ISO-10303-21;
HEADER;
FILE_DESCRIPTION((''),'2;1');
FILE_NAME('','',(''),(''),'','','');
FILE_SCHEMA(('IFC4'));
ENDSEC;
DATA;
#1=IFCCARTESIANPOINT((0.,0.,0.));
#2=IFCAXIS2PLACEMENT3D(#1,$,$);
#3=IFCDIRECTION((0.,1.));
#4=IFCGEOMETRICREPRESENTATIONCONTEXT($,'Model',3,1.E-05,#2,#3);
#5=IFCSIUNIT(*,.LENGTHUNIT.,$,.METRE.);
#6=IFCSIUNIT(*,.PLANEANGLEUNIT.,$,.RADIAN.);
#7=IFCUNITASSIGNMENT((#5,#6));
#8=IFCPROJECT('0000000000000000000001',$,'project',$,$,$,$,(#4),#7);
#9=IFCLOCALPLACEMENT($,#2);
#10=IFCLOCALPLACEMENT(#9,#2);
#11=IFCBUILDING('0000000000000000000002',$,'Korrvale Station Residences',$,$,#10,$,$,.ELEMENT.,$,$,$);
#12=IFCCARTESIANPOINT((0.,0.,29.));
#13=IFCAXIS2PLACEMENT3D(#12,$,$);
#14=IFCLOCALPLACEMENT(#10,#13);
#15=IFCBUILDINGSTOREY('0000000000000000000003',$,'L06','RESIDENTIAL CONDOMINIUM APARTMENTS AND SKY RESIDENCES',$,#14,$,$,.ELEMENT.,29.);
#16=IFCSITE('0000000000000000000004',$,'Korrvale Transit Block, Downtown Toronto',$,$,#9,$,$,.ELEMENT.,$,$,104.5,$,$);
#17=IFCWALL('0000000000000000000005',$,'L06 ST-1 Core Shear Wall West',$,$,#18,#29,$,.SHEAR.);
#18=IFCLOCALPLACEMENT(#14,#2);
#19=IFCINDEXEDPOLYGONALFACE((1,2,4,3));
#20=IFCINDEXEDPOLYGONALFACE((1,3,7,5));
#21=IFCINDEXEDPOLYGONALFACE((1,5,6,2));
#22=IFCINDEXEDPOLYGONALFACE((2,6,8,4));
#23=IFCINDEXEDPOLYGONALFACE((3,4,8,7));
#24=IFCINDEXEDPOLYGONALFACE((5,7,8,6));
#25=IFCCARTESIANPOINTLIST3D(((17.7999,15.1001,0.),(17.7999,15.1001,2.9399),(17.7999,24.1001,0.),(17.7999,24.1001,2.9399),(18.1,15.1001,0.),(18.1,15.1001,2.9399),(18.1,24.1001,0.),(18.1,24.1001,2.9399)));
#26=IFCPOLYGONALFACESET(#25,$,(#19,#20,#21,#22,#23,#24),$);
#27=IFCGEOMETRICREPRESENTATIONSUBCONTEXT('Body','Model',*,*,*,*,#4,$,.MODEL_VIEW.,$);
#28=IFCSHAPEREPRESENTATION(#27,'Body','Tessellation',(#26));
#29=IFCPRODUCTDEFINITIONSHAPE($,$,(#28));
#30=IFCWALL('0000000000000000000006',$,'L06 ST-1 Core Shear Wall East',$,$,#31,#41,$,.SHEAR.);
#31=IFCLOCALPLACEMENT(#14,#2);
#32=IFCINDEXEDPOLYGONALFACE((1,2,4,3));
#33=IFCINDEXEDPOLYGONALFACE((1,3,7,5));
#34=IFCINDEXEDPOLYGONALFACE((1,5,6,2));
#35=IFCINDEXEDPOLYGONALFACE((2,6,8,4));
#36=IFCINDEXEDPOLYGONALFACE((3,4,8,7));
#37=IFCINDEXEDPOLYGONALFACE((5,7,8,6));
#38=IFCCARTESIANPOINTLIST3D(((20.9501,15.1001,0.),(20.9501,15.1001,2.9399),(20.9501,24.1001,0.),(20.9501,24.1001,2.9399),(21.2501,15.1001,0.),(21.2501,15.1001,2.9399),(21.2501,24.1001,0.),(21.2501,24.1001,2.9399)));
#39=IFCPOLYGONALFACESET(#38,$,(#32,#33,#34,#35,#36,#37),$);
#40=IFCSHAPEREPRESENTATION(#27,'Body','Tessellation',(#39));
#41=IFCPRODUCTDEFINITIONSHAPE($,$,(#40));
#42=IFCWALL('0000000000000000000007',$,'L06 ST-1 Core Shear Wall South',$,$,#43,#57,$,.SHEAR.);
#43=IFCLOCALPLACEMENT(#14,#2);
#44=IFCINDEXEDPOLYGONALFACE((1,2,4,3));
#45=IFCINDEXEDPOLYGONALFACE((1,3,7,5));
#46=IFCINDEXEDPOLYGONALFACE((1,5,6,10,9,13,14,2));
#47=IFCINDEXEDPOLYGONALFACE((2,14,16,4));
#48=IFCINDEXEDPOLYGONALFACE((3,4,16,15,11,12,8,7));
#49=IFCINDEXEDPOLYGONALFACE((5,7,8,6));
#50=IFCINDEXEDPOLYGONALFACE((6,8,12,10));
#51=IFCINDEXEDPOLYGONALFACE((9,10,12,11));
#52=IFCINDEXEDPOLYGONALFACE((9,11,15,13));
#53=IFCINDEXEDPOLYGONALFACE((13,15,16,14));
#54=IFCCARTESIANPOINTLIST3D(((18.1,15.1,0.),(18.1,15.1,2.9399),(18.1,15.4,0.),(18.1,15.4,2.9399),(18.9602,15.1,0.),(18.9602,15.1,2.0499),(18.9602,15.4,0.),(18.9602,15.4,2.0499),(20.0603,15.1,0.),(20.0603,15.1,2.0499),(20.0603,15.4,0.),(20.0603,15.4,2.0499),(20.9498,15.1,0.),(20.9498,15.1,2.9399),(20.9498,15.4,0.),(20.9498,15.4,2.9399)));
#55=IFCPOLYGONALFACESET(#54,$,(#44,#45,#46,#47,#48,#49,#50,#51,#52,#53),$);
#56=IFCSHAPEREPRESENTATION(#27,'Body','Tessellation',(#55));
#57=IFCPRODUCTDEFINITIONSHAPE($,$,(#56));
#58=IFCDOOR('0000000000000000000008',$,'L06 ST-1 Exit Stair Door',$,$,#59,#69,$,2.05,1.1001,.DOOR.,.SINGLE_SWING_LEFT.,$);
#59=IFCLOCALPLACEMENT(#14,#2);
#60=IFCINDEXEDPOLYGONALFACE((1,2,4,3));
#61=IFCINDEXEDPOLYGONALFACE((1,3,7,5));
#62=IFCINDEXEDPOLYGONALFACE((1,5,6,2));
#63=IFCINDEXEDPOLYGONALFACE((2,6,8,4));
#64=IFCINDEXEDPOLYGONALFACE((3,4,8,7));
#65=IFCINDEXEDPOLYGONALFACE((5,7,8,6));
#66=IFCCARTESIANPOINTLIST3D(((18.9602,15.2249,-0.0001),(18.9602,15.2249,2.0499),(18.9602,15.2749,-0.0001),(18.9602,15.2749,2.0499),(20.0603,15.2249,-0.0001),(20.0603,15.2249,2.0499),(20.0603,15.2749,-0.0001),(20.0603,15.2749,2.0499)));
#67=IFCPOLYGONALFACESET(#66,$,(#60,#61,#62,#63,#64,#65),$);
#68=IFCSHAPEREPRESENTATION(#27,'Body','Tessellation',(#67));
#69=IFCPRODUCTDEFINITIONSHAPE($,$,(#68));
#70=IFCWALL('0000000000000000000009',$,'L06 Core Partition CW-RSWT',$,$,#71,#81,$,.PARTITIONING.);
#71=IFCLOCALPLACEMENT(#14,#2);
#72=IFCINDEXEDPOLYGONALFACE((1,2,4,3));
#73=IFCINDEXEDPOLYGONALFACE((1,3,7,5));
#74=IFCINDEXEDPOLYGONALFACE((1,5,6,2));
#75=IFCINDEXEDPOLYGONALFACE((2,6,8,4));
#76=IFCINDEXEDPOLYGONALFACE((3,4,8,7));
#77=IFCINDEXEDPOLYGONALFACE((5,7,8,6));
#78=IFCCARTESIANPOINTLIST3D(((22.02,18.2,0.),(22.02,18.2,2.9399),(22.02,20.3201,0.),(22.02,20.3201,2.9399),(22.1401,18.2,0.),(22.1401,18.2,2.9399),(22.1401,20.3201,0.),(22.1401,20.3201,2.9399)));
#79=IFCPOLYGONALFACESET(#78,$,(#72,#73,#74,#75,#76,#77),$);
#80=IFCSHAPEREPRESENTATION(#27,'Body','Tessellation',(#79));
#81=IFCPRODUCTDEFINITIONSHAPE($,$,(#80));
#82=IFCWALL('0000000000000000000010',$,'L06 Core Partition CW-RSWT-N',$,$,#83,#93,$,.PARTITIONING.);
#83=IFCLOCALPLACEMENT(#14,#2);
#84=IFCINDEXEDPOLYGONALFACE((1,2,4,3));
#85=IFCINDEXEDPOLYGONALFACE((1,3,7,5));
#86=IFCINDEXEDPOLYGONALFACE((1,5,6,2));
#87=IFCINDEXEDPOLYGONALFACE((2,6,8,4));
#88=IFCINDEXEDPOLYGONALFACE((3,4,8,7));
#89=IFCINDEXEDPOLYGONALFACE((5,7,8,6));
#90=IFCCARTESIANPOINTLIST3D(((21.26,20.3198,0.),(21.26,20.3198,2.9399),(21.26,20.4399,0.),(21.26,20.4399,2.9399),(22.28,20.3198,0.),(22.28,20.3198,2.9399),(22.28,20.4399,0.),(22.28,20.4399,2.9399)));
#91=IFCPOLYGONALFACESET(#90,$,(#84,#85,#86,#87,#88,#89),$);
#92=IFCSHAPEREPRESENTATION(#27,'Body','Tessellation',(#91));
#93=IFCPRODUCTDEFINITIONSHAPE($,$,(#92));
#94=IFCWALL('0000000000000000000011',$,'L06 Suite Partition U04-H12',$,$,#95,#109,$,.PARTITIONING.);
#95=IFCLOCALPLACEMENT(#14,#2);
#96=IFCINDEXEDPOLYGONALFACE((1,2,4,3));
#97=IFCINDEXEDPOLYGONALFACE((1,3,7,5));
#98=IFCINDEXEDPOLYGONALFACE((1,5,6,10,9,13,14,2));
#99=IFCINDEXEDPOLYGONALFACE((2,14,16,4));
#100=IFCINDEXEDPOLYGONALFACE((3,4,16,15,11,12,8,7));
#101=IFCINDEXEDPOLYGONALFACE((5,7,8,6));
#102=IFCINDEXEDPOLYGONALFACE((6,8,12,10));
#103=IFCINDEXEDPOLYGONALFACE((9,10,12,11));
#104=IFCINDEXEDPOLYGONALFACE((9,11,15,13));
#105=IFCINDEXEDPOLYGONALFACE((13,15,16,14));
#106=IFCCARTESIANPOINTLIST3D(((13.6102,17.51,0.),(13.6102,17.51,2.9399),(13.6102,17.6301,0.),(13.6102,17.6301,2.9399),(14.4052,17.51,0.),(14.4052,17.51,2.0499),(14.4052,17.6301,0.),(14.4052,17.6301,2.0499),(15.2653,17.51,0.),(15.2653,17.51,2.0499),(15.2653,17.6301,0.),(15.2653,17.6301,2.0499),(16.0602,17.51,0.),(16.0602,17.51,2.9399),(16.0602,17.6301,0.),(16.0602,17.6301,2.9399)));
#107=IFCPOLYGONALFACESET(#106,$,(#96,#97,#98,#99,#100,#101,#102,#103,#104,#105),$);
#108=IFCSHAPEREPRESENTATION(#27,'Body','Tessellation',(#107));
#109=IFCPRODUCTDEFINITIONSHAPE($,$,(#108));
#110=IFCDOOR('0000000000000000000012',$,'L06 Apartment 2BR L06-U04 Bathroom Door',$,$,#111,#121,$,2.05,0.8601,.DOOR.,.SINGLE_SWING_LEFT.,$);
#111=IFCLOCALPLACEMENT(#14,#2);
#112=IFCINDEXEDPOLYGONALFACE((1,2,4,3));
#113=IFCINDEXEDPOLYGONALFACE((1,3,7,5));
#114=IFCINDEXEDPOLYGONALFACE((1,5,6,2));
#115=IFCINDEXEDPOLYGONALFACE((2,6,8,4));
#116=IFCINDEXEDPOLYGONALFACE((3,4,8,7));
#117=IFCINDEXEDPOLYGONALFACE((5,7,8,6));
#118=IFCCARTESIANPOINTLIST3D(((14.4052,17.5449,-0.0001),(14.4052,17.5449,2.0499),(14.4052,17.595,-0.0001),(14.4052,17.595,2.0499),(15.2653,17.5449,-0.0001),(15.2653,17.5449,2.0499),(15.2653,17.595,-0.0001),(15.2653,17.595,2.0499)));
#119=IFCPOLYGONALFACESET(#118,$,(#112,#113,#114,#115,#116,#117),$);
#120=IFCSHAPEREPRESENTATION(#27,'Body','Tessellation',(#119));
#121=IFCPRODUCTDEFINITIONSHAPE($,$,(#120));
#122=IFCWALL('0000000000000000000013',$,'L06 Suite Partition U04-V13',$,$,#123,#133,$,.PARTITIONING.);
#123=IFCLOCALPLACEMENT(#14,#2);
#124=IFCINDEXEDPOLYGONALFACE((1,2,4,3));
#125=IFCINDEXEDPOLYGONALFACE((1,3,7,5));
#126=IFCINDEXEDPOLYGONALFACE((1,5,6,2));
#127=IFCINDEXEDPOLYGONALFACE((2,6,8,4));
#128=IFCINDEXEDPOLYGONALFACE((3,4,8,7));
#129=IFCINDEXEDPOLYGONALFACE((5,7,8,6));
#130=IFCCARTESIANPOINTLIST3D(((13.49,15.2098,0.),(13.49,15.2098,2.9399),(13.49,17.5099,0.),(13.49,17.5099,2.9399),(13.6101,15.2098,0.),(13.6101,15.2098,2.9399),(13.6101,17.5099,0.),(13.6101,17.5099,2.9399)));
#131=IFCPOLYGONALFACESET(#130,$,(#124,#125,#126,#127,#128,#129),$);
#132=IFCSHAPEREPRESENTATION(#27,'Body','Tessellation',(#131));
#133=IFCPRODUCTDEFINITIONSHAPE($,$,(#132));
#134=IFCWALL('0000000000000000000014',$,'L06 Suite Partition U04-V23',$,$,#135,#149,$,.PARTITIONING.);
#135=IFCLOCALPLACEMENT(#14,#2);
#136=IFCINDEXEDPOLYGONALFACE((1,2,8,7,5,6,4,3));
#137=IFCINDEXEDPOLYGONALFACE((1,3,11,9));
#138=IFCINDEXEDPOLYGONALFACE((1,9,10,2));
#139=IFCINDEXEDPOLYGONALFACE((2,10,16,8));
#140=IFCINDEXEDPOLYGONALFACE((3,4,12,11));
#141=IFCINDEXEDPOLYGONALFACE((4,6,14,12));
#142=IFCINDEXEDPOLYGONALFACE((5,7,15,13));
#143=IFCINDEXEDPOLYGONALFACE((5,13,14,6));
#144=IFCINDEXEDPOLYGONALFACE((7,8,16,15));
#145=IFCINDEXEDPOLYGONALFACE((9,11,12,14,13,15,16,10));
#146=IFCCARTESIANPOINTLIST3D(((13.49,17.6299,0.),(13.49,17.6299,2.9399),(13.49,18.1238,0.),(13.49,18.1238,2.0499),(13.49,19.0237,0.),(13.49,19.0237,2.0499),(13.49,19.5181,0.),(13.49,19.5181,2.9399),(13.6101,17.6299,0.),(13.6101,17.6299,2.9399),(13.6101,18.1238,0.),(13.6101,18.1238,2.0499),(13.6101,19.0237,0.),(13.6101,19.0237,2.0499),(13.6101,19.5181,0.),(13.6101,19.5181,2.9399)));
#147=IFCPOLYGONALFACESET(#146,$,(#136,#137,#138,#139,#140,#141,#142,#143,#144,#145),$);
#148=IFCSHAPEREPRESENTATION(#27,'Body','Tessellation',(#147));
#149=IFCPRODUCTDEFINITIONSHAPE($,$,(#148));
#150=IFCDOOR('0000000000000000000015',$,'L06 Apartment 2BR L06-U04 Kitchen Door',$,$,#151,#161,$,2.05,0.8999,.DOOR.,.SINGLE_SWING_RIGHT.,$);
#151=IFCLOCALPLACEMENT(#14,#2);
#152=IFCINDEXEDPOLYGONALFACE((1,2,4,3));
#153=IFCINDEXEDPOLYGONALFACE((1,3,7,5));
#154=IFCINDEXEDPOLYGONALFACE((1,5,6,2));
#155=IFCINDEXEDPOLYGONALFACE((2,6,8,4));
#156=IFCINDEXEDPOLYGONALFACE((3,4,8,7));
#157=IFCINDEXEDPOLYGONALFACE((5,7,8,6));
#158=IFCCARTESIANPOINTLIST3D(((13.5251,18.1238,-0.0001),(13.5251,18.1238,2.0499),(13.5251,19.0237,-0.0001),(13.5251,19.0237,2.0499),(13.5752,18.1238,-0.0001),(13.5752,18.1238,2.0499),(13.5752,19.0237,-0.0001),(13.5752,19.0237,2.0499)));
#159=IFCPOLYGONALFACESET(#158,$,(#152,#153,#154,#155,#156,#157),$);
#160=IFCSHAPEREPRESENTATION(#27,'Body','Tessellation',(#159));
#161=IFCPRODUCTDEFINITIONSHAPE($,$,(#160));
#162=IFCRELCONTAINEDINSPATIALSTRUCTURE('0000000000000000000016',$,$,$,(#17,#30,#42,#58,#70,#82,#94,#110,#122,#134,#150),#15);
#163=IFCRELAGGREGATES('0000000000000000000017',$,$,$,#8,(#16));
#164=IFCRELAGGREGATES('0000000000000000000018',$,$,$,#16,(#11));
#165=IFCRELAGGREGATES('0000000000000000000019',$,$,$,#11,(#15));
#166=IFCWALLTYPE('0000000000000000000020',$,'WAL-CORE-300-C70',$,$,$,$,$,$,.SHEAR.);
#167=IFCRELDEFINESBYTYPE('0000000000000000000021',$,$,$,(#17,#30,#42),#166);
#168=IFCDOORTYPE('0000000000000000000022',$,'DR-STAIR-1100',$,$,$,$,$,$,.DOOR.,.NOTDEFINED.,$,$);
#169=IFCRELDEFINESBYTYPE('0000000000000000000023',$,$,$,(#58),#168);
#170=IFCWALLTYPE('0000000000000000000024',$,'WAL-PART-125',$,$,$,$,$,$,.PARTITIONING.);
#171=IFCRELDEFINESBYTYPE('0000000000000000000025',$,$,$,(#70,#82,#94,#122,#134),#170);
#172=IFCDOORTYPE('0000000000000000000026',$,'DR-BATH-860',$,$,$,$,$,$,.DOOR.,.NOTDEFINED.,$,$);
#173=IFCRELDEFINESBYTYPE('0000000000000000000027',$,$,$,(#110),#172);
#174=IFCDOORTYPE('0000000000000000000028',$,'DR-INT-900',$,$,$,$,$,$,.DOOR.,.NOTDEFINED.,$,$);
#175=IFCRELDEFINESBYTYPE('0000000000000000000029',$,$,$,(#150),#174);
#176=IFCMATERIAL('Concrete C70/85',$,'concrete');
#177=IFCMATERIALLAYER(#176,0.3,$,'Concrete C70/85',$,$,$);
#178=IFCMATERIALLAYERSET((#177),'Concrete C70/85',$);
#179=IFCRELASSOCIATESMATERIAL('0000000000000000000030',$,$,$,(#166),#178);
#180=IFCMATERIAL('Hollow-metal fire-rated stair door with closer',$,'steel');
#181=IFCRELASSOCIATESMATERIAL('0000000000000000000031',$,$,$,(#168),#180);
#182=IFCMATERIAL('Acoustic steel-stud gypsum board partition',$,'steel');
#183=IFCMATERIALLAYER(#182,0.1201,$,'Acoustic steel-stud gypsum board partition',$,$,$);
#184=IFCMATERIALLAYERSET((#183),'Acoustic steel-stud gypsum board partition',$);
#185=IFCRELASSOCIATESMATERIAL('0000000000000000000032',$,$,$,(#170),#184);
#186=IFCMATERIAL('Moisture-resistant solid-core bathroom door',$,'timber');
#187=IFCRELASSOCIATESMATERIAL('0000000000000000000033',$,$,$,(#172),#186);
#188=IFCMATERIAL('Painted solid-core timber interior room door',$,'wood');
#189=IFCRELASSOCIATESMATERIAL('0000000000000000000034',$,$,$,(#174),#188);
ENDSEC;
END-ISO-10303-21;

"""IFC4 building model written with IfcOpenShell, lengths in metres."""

from ifc_helpers import new_model, si_unit, direction, frame, frame_2d, origin, place, context, subcontext, project, spatial, rectangle, extrude, material, layer, layer_set, type_object, element, fill, save


model = new_model("IFC4")

# Units and contexts
model_context = context("Model", 3, precision=1e-05, world=origin(), true_north=direction((0.0, 1.0)))
body_context = subcontext(model_context, "Body", "Model", "MODEL_VIEW")
ifc_project = project(units=[si_unit("LENGTHUNIT", "METRE"), si_unit("PLANEANGLEUNIT", "RADIAN")], contexts=[model_context])

# Site, building, storey
site_placement = place(None, origin())
site = spatial("IfcSite", under=ifc_project, at=site_placement, Name="Korrvale Transit Block, Downtown Toronto", CompositionType="ELEMENT", RefElevation=104.5)
building_placement = place(site_placement, origin())
building = spatial("IfcBuilding", under=site, at=building_placement, Name="Korrvale Station Residences", CompositionType="ELEMENT")
storey_placement = place(building_placement, frame((0.0, 0.0, 29.0)))
storey = spatial("IfcBuildingStorey", under=building, at=storey_placement, Name="L06", Description="RESIDENTIAL CONDOMINIUM APARTMENTS AND SKY RESIDENCES", CompositionType="ELEMENT", Elevation=29.0)

# Walls
ifc_material_1 = material(Name="Concrete C70/85", Category="concrete")
ifc_layer_1 = layer(ifc_material_1, 0.3, Name="Concrete C70/85")
ifc_layer_set_1 = layer_set([ifc_layer_1], Name="Concrete C70/85")
wall_type_1 = type_object("IfcWallType", Name="WAL-CORE-300-C70", PredefinedType="SHEAR", material=ifc_layer_set_1)
for number, where, z_axis, x_axis, name in (
    (1, (17.95, 15.1001, 0.0), (0.0, 0.0, 1.0), (0.0, 1.0, 0.0), "L06 ST-1 Core Shear Wall West"),
    (2, (21.1001, 15.1001, 0.0), (0.0, 0.0, 1.0), (0.0, 1.0, 0.0), "L06 ST-1 Core Shear Wall East"),
):
    element("IfcWall", number, at=place(storey_placement, frame(where, z_axis=z_axis, x_axis=x_axis)), inside=storey, type_object=wall_type_1, Name=name, PredefinedType="SHEAR", context=body_context, shape_type="SweptSolid", body=[
        extrude(rectangle(XDim=9.0, YDim=0.3, at=frame_2d((4.5, 0.0))), origin(), (0.0, 0.0, 1.0), 2.9399),
    ])

# Wall, opening, door
wall_1_placement = place(storey_placement, frame((18.1001, 15.25, 0.0), z_axis=(0.0, 0.0, 1.0), x_axis=(1.0, 0.0, 0.0)))
wall_1 = element("IfcWall", 3, at=wall_1_placement, inside=storey, type_object=wall_type_1, Name="L06 ST-1 Core Shear Wall South", PredefinedType="SHEAR", context=body_context, shape_type="SweptSolid", body=[
    extrude(rectangle(XDim=2.8499, YDim=0.3, at=frame_2d((1.4248, 0.0))), origin(), (0.0, 0.0, 1.0), 2.9399),
])
opening_1_placement = place(wall_1_placement, frame((0.8601, 0.0, 0.0)))
opening_1 = element("IfcOpeningElement", 4, at=opening_1_placement, cuts=wall_1, PredefinedType="OPENING", context=body_context, shape_type="SweptSolid", body=[
    extrude(rectangle(XDim=1.1001, YDim=2.05, at=frame_2d((0.55, 1.0249))), frame((0.0, 0.1602, 0.0), z_axis=(0.0, -1.0, 0.0), x_axis=(1.0, 0.0, 0.0)), (0.0, 0.0, 1.0), 0.3201),
])
ifc_material_2 = material(Name="Hollow-metal fire-rated stair door with closer", Category="steel")
door_type_1 = type_object("IfcDoorType", Name="DR-STAIR-1100", OperationType="NOTDEFINED", PredefinedType="DOOR", material=ifc_material_2)
door_1_placement = place(opening_1_placement, origin())
door_1 = element("IfcDoor", 5, at=door_1_placement, inside=storey, type_object=door_type_1, Name="L06 ST-1 Exit Stair Door", OperationType="SINGLE_SWING_LEFT", OverallHeight=2.05, OverallWidth=1.1001, PredefinedType="DOOR", context=body_context, shape_type="SweptSolid", body=[
    extrude(rectangle(XDim=1.1001, YDim=2.05, at=frame_2d((0.55, 1.0249))), frame((0.0, 0.0249, 0.0), z_axis=(0.0, -1.0, 0.0), x_axis=(1.0, 0.0, 0.0)), (0.0, 0.0, 1.0), 0.05),
])
fill(opening_1, door_1)

# Walls
ifc_material_3 = material(Name="Acoustic steel-stud gypsum board partition", Category="steel")
ifc_layer_2 = layer(ifc_material_3, 0.1201, Name="Acoustic steel-stud gypsum board partition")
ifc_layer_set_2 = layer_set([ifc_layer_2], Name="Acoustic steel-stud gypsum board partition")
wall_type_2 = type_object("IfcWallType", Name="WAL-PART-125", PredefinedType="PARTITIONING", material=ifc_layer_set_2)
wall_2_placement = place(storey_placement, frame((22.0801, 18.2, 0.0), z_axis=(0.0, 0.0, 1.0), x_axis=(0.0, 1.0, 0.0)))
element("IfcWall", 6, at=wall_2_placement, inside=storey, type_object=wall_type_2, Name="L06 Core Partition CW-RSWT", PredefinedType="PARTITIONING", context=body_context, shape_type="SweptSolid", body=[
    extrude(rectangle(XDim=2.1201, YDim=0.1201, at=frame_2d((1.0601, 0.0))), origin(), (0.0, 0.0, 1.0), 2.9399),
])
wall_3_placement = place(storey_placement, frame((22.28, 20.3799, 0.0), z_axis=(0.0, 0.0, 1.0), x_axis=(-1.0, 0.0, 0.0)))
element("IfcWall", 7, at=wall_3_placement, inside=storey, type_object=wall_type_2, Name="L06 Core Partition CW-RSWT-N", PredefinedType="PARTITIONING", context=body_context, shape_type="SweptSolid", body=[
    extrude(rectangle(XDim=1.02, YDim=0.1201, at=frame_2d((0.51, 0.0))), origin(), (0.0, 0.0, 1.0), 2.9399),
])

# Wall, opening, door
wall_4_placement = place(storey_placement, frame((13.6101, 17.5701, 0.0), z_axis=(0.0, 0.0, 1.0), x_axis=(1.0, 0.0, 0.0)))
wall_4 = element("IfcWall", 8, at=wall_4_placement, inside=storey, type_object=wall_type_2, Name="L06 Suite Partition U04-H12", PredefinedType="PARTITIONING", context=body_context, shape_type="SweptSolid", body=[
    extrude(rectangle(XDim=2.45, YDim=0.1201, at=frame_2d((1.2251, 0.0))), origin(), (0.0, 0.0, 1.0), 2.9399),
])
opening_2_placement = place(wall_4_placement, frame((0.7949, 0.0, 0.0)))
opening_2 = element("IfcOpeningElement", 9, at=opening_2_placement, cuts=wall_4, PredefinedType="OPENING", context=body_context, shape_type="SweptSolid", body=[
    extrude(rectangle(XDim=0.8601, YDim=2.05, at=frame_2d((0.4302, 1.0249))), frame((0.0, 0.0701, 0.0), z_axis=(0.0, -1.0, 0.0), x_axis=(1.0, 0.0, 0.0)), (0.0, 0.0, 1.0), 0.1401),
])
ifc_material_4 = material(Name="Moisture-resistant solid-core bathroom door", Category="timber")
door_type_2 = type_object("IfcDoorType", Name="DR-BATH-860", OperationType="NOTDEFINED", PredefinedType="DOOR", material=ifc_material_4)
door_2_placement = place(opening_2_placement, origin())
door_2 = element("IfcDoor", 10, at=door_2_placement, inside=storey, type_object=door_type_2, Name="L06 Apartment 2BR L06-U04 Bathroom Door", OperationType="SINGLE_SWING_LEFT", OverallHeight=2.05, OverallWidth=0.8601, PredefinedType="DOOR", context=body_context, shape_type="SweptSolid", body=[
    extrude(rectangle(XDim=0.8601, YDim=2.05, at=frame_2d((0.4302, 1.0249))), frame((0.0, 0.0249, 0.0), z_axis=(0.0, -1.0, 0.0), x_axis=(1.0, 0.0, 0.0)), (0.0, 0.0, 1.0), 0.05),
])
fill(opening_2, door_2)

# Wall
wall_5_placement = place(storey_placement, frame((13.55, 15.21, 0.0), z_axis=(0.0, 0.0, 1.0), x_axis=(0.0, 1.0, 0.0)))
element("IfcWall", 11, at=wall_5_placement, inside=storey, type_object=wall_type_2, Name="L06 Suite Partition U04-V13", PredefinedType="PARTITIONING", context=body_context, shape_type="SweptSolid", body=[
    extrude(rectangle(XDim=2.3, YDim=0.1201, at=frame_2d((1.1499, 0.0))), origin(), (0.0, 0.0, 1.0), 2.9399),
])

# Wall, opening, door
wall_6_placement = place(storey_placement, frame((13.55, 17.6299, 0.0), z_axis=(0.0, 0.0, 1.0), x_axis=(0.0, 1.0, 0.0)))
wall_6 = element("IfcWall", 12, at=wall_6_placement, inside=storey, type_object=wall_type_2, Name="L06 Suite Partition U04-V23", PredefinedType="PARTITIONING", context=body_context, shape_type="SweptSolid", body=[
    extrude(rectangle(XDim=1.8882, YDim=0.1201, at=frame_2d((0.9441, 0.0))), origin(), (0.0, 0.0, 1.0), 2.9399),
])
opening_3_placement = place(wall_6_placement, frame((0.4939, 0.0, 0.0)))
opening_3 = element("IfcOpeningElement", 13, at=opening_3_placement, cuts=wall_6, PredefinedType="OPENING", context=body_context, shape_type="SweptSolid", body=[
    extrude(rectangle(XDim=0.8999, YDim=2.05, at=frame_2d((0.45, 1.0249))), frame((0.0, 0.0701, 0.0), z_axis=(0.0, -1.0, 0.0), x_axis=(1.0, 0.0, 0.0)), (0.0, 0.0, 1.0), 0.1401),
])
ifc_material_5 = material(Name="Painted solid-core timber interior room door", Category="wood")
door_type_3 = type_object("IfcDoorType", Name="DR-INT-900", OperationType="NOTDEFINED", PredefinedType="DOOR", material=ifc_material_5)
door_3_placement = place(opening_3_placement, origin())
door_3 = element("IfcDoor", 14, at=door_3_placement, inside=storey, type_object=door_type_3, Name="L06 Apartment 2BR L06-U04 Kitchen Door", OperationType="SINGLE_SWING_RIGHT", OverallHeight=2.05, OverallWidth=0.8999, PredefinedType="DOOR", context=body_context, shape_type="SweptSolid", body=[
    extrude(rectangle(XDim=0.8999, YDim=2.05, at=frame_2d((0.45, 1.0249))), frame((0.0, 0.0249, 0.0), z_axis=(0.0, -1.0, 0.0), x_axis=(1.0, 0.0, 0.0)), (0.0, 0.0, 1.0), 0.05),
])
fill(opening_3, door_3)

save(model, "model.ifc")
